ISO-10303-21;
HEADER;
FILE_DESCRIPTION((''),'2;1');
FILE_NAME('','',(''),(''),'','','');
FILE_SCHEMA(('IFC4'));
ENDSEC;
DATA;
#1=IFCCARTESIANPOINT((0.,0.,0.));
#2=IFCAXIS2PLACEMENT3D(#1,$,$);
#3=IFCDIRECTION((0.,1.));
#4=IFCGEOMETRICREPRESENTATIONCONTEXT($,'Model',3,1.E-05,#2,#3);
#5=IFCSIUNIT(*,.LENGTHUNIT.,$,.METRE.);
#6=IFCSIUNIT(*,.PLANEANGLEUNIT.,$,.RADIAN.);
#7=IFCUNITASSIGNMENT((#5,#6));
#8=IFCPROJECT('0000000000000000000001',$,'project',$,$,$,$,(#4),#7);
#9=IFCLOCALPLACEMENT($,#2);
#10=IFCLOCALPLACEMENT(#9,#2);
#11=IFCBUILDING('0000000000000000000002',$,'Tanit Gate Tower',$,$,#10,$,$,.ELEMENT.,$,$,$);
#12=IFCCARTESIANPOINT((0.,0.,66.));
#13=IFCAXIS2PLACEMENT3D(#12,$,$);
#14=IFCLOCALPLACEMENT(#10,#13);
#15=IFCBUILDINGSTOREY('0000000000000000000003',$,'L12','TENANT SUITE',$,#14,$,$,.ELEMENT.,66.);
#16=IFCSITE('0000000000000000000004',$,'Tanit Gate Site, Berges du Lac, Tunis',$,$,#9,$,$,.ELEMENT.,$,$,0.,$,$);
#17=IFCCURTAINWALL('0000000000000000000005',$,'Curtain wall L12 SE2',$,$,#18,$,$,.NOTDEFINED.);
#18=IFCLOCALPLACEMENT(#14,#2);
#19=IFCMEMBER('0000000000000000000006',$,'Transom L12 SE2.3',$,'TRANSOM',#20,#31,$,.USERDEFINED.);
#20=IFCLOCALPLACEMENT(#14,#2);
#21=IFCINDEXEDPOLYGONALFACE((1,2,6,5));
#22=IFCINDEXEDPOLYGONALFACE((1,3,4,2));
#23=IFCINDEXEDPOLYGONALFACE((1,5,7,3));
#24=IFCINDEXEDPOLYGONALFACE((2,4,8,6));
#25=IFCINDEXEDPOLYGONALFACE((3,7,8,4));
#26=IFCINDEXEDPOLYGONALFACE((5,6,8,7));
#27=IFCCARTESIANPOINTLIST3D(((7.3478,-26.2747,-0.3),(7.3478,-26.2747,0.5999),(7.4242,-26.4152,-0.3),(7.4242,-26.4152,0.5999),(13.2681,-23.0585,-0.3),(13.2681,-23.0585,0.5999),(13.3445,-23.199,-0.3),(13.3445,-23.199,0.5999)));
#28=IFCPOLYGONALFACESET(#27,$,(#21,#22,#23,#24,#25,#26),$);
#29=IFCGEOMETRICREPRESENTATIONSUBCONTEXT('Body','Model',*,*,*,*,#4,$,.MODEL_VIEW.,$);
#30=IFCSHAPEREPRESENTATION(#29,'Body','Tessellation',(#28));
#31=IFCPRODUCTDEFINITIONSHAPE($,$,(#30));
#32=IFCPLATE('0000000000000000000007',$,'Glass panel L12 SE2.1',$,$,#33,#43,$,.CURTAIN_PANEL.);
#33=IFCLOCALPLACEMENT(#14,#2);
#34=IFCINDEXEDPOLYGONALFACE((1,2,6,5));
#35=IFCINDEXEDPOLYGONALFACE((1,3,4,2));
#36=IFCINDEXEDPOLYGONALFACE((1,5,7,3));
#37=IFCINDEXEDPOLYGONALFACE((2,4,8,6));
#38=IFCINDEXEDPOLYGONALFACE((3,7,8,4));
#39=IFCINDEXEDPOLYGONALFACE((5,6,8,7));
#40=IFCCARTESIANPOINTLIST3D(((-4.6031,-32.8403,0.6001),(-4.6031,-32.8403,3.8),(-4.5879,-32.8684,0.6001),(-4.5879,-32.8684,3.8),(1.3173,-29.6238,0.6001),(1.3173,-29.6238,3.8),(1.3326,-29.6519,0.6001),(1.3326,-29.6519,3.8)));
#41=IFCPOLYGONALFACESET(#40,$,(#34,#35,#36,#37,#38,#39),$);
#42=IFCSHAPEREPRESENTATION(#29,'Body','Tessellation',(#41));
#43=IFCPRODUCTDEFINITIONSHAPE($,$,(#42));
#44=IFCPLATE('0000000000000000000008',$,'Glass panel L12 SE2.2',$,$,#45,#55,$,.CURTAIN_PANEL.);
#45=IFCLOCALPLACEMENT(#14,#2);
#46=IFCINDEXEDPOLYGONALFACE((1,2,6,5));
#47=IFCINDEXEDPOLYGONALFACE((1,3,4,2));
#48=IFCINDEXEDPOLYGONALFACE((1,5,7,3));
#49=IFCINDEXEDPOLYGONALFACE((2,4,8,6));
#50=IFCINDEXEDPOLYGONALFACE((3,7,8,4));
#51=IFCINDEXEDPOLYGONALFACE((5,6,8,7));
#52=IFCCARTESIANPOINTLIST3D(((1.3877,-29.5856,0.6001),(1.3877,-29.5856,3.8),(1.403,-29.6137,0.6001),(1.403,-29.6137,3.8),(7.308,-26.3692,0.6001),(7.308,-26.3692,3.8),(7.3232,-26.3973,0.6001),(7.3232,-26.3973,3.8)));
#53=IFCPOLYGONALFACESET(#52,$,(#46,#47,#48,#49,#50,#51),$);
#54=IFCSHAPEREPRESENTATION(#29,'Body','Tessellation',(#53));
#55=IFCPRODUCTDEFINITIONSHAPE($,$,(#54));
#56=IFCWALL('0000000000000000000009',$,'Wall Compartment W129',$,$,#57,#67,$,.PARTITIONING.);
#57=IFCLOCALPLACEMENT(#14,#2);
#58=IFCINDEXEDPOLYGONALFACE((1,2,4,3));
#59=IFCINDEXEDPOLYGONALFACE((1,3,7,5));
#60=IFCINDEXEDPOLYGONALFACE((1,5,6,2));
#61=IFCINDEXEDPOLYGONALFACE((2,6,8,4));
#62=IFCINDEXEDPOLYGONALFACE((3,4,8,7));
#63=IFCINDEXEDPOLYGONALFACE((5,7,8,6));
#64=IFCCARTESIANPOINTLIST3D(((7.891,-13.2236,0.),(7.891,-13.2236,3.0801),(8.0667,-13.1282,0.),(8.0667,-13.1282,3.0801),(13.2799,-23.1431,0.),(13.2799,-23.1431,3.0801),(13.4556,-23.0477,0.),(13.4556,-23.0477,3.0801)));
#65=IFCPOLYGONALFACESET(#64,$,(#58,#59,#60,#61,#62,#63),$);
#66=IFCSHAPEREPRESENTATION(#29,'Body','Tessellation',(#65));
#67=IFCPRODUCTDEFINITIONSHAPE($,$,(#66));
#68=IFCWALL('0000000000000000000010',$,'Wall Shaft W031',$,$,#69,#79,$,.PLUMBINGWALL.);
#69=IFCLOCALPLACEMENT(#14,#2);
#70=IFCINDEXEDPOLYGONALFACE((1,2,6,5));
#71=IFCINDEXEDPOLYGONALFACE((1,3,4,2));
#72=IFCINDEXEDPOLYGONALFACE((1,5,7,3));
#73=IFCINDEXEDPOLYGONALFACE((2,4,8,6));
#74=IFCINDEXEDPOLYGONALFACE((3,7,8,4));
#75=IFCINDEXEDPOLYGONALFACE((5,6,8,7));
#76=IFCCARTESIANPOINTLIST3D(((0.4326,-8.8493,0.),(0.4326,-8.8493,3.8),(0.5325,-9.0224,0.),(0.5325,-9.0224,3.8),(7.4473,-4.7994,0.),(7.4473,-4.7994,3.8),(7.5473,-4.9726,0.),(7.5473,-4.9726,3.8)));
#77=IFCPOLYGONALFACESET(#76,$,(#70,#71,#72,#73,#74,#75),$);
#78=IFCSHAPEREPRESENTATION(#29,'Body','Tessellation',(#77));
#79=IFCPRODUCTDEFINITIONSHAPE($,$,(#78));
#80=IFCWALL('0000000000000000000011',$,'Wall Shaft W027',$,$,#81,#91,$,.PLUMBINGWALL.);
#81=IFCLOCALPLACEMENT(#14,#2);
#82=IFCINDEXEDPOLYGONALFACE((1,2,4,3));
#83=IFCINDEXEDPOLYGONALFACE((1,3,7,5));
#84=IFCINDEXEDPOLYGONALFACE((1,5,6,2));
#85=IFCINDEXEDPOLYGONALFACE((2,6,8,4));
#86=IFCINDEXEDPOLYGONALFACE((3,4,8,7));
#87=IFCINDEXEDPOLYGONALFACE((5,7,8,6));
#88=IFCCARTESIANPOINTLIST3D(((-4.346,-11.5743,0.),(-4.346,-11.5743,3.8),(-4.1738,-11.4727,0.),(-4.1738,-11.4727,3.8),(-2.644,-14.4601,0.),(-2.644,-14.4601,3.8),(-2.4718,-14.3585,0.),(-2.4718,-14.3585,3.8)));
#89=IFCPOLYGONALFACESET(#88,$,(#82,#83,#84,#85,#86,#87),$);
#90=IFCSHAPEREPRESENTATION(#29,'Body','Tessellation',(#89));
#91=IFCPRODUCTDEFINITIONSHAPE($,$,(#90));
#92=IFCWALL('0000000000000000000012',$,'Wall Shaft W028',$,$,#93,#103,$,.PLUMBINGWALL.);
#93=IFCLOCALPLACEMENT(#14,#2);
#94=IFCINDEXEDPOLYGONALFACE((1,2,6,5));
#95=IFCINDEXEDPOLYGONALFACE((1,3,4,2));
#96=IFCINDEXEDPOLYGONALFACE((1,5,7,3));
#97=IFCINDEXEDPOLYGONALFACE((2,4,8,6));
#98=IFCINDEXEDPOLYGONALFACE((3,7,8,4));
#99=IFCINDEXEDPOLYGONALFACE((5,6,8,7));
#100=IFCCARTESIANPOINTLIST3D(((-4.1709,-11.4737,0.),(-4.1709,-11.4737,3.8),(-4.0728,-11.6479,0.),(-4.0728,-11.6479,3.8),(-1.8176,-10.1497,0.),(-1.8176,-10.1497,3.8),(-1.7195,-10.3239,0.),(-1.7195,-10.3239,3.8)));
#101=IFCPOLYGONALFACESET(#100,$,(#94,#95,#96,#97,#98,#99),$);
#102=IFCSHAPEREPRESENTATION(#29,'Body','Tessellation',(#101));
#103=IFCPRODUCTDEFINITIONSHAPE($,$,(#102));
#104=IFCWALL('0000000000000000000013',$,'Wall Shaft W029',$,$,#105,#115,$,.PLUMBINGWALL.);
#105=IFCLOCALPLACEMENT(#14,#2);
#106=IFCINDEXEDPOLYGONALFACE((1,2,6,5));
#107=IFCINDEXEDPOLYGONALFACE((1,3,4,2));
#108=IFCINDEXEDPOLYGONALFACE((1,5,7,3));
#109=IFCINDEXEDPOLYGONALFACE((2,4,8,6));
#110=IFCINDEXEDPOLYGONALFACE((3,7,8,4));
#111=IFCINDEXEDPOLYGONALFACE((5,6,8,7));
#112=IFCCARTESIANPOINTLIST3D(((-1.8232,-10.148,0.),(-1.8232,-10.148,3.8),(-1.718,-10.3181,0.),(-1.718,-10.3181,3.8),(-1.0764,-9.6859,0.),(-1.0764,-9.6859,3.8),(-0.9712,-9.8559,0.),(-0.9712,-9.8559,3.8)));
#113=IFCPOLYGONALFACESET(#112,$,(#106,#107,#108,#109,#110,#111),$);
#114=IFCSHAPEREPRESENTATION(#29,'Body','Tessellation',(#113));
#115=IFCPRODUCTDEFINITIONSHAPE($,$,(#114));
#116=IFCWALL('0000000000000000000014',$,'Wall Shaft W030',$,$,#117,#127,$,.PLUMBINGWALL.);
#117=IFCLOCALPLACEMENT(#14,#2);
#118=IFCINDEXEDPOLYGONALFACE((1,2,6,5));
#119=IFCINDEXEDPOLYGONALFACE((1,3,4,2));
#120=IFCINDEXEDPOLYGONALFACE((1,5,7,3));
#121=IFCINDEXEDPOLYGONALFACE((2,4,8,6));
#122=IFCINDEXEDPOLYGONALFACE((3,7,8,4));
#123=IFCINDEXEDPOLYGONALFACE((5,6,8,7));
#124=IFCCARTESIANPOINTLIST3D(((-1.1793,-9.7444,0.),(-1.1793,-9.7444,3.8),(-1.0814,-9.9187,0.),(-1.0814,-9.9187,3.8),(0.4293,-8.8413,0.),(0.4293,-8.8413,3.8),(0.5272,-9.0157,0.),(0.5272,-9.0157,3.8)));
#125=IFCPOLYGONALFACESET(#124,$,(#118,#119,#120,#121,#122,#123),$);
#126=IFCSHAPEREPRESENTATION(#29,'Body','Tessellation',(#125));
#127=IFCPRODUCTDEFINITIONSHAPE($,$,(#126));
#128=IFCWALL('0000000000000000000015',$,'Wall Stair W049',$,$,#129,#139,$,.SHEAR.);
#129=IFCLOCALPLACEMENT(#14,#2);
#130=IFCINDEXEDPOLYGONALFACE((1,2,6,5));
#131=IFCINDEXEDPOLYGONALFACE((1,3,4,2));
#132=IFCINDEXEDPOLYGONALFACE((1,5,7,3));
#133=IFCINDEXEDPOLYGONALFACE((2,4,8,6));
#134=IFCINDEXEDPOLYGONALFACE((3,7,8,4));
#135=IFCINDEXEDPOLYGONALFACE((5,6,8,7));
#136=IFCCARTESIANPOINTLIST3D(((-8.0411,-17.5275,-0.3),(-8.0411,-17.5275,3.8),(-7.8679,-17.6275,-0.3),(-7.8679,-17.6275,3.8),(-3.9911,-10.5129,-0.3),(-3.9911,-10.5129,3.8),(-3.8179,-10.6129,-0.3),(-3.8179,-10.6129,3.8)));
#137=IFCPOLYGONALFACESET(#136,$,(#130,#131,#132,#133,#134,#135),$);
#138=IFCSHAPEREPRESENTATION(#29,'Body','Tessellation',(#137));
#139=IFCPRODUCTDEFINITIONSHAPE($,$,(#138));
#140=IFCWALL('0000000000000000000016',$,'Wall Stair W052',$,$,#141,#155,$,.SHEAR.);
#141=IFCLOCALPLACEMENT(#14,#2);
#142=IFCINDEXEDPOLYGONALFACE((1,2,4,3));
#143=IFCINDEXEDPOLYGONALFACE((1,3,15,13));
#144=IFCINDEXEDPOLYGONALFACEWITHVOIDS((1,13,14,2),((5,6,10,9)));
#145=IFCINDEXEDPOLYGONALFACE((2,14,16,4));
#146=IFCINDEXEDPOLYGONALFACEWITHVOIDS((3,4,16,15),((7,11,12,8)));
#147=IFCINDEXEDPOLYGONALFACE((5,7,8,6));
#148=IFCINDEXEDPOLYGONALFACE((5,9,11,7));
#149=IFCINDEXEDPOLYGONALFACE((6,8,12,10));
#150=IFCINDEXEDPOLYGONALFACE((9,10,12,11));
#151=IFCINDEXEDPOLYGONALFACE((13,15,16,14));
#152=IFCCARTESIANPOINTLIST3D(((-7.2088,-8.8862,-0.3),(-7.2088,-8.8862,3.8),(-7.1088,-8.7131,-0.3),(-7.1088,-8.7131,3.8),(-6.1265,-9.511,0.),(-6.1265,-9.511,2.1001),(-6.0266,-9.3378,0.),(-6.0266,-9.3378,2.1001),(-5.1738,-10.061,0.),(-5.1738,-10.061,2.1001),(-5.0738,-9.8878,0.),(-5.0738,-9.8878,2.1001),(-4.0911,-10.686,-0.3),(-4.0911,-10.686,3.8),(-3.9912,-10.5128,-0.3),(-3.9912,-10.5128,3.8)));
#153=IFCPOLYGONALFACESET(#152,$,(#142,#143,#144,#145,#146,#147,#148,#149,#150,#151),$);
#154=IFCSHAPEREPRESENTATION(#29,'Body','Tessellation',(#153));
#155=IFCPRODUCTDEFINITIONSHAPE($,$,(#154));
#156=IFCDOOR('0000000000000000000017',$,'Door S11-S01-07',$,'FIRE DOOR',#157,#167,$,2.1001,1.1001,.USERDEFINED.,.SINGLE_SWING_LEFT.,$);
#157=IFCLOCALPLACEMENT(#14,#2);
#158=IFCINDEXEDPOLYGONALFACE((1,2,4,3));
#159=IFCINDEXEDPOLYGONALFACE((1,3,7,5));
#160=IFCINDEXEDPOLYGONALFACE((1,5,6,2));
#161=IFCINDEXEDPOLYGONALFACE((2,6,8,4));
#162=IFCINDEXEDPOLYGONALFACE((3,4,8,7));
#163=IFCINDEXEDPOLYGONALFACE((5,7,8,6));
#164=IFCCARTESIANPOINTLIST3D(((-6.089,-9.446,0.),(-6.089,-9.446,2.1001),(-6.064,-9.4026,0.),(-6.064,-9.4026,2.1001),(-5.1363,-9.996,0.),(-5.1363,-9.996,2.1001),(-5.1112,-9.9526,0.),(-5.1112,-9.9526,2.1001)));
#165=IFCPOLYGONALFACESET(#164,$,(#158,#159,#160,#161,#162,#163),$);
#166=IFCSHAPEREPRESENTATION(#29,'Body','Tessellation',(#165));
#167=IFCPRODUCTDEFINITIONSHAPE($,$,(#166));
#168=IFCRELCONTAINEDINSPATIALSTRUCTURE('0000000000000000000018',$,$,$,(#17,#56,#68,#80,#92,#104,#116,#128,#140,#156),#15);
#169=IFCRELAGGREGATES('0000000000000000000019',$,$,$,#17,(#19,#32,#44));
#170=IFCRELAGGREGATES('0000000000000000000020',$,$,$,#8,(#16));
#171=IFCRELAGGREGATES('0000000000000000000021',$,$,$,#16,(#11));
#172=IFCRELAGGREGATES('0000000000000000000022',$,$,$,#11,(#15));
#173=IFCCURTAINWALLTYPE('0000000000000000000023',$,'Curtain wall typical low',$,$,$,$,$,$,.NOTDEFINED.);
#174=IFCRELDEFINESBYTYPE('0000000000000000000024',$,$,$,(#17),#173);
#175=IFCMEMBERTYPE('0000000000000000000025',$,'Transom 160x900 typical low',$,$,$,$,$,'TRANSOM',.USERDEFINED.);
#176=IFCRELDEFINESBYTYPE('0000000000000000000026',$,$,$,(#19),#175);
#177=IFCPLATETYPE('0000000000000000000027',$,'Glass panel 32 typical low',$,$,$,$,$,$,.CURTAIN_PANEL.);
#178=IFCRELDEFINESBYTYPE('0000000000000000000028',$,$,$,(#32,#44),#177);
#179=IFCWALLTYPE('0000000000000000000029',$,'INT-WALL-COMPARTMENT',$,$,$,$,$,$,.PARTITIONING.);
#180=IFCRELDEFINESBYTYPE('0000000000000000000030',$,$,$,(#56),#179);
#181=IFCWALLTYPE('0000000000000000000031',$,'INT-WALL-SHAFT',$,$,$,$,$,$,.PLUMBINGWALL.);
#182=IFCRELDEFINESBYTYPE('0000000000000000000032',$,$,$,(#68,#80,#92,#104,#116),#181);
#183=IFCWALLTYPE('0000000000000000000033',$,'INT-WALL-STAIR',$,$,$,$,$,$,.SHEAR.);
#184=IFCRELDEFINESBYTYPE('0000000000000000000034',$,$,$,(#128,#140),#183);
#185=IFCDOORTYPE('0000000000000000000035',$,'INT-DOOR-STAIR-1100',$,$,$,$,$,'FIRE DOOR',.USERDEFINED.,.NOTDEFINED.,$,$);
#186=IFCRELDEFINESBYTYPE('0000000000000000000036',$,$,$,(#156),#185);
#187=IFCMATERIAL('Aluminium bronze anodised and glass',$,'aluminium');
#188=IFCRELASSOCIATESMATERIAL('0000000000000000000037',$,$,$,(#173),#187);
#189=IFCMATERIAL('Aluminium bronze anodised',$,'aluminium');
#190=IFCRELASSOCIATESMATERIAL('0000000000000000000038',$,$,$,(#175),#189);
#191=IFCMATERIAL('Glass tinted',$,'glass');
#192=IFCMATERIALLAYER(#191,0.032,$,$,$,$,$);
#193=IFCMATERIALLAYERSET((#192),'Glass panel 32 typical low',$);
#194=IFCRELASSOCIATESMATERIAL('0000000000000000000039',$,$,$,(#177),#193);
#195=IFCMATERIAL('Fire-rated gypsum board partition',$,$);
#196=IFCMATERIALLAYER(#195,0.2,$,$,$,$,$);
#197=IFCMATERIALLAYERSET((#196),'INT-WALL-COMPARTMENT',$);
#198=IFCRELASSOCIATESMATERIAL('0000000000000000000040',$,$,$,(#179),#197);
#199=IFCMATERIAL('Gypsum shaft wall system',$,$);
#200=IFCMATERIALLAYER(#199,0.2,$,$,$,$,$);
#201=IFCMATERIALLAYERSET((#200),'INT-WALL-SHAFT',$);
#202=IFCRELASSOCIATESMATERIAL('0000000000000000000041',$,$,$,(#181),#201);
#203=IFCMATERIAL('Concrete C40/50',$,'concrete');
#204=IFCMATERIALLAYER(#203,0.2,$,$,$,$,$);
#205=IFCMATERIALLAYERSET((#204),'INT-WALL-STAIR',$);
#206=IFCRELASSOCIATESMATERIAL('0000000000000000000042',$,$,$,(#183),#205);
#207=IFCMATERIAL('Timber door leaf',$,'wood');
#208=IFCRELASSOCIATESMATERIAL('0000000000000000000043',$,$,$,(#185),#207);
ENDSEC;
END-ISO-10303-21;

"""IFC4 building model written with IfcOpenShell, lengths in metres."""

from ifc_helpers import new_model, si_unit, direction, frame, frame_2d, origin, origin_2d, place, context, subcontext, project, spatial, rectangle, extrude, material, layer, layer_set, material_profile, profile_set, type_object, element, fill, aggregate, save


model = new_model("IFC4")

# Units and contexts
model_context = context("Model", 3, precision=1e-05, world=origin(), true_north=direction((0.0, 1.0)))
body_context = subcontext(model_context, "Body", "Model", "MODEL_VIEW")
ifc_project = project(units=[si_unit("LENGTHUNIT", "METRE"), si_unit("PLANEANGLEUNIT", "RADIAN")], contexts=[model_context])

# Site, building, storey
site_placement = place(None, origin())
site = spatial("IfcSite", under=ifc_project, at=site_placement, Name="Tanit Gate Site, Berges du Lac, Tunis", CompositionType="ELEMENT", RefElevation=0.0)
building_placement = place(site_placement, origin())
building = spatial("IfcBuilding", under=site, at=building_placement, Name="Tanit Gate Tower", CompositionType="ELEMENT")
storey_placement = place(building_placement, frame((0.0, 0.0, 66.0)))
storey = spatial("IfcBuildingStorey", under=building, at=storey_placement, Name="L12", Description="TENANT SUITE", CompositionType="ELEMENT", Elevation=66.0)

# Curtain wall
ifc_material_1 = material(Name="Aluminium bronze anodised and glass", Category="aluminium")
curtain_wall_type = type_object("IfcCurtainWallType", Name="Curtain wall typical low", PredefinedType="NOTDEFINED", material=ifc_material_1)
curtain_wall_placement = place(storey_placement, origin())
curtain_wall = element("IfcCurtainWall", 1, at=curtain_wall_placement, inside=storey, type_object=curtain_wall_type, Name="Curtain wall L12 SE2", PredefinedType="NOTDEFINED")

# Member
ifc_material_2 = material(Name="Aluminium bronze anodised", Category="aluminium")
ifc_material_profile_1 = material_profile(ifc_material_2, rectangle(XDim=0.1599, YDim=0.8999, at=origin_2d()), Name="160x900 bronze transom")
ifc_profile_set_1 = profile_set([ifc_material_profile_1], Name="Aluminium bronze anodised")
member_type_1 = type_object("IfcMemberType", Name="Transom 160x900 typical low", ElementType="TRANSOM", PredefinedType="USERDEFINED", material=ifc_profile_set_1)
member_1_placement = place(storey_placement, frame((7.386, -26.345, 0.1499), z_axis=(0.878706, 0.477364, 0.0), x_axis=(-0.477364, 0.878706, 0.0)))
member_1 = element("IfcMember", 2, at=member_1_placement, type_object=member_type_1, Name="Transom L12 SE2.3", ObjectType="TRANSOM", PredefinedType="USERDEFINED", context=body_context, shape_type="SweptSolid", body=[
    extrude(rectangle(XDim=0.1599, YDim=0.8999, at=origin_2d()), origin(), (0.0, 0.0, 1.0), 6.7375),
])

# Plates
ifc_material_3 = material(Name="Glass tinted", Category="glass")
ifc_layer_1 = layer(ifc_material_3, 0.032)
ifc_layer_set_1 = layer_set([ifc_layer_1], Name="Glass panel 32 typical low")
plate_type = type_object("IfcPlateType", Name="Glass panel 32 typical low", PredefinedType="CURTAIN_PANEL", material=ifc_layer_set_1)
plate_1_placement = place(storey_placement, frame((-1.6353, -31.2461, 0.6001), z_axis=(0.0, 0.0, 1.0), x_axis=(0.878696, 0.477381, 0.0)))
plate_1 = element("IfcPlate", 3, at=plate_1_placement, type_object=plate_type, Name="Glass panel L12 SE2.1", PredefinedType="CURTAIN_PANEL", context=body_context, shape_type="SweptSolid", body=[
    extrude(rectangle(XDim=6.7378, YDim=0.032, at=origin_2d()), origin(), (0.0, 0.0, 1.0), 3.2),
])
plate_2_placement = place(storey_placement, frame((4.3555, -27.9915, 0.6001), z_axis=(0.0, 0.0, 1.0), x_axis=(0.878696, 0.477381, 0.0)))
plate_2 = element("IfcPlate", 4, at=plate_2_placement, type_object=plate_type, Name="Glass panel L12 SE2.2", PredefinedType="CURTAIN_PANEL", context=body_context, shape_type="SweptSolid", body=[
    extrude(rectangle(XDim=6.7375, YDim=0.032, at=origin_2d()), origin(), (0.0, 0.0, 1.0), 3.2),
])
aggregate(curtain_wall, [member_1, plate_1, plate_2])

# Walls
ifc_material_4 = material(Name="Fire-rated gypsum board partition")
ifc_layer_2 = layer(ifc_material_4, 0.2)
ifc_layer_set_2 = layer_set([ifc_layer_2], Name="INT-WALL-COMPARTMENT")
wall_type_1 = type_object("IfcWallType", Name="INT-WALL-COMPARTMENT", PredefinedType="PARTITIONING", material=ifc_layer_set_2)
wall_1_placement = place(storey_placement, frame((7.9788, -13.1758, 0.0), z_axis=(0.0, 0.0, 1.0), x_axis=(0.477371, -0.878702, 0.0)))
element("IfcWall", 5, at=wall_1_placement, inside=storey, type_object=wall_type_1, Name="Wall Compartment W129", PredefinedType="PARTITIONING", context=body_context, shape_type="SweptSolid", body=[
    extrude(rectangle(XDim=11.2888, YDim=0.2, at=frame_2d((5.6445, 0.0))), origin(), (0.0, 0.0, 1.0), 3.0801),
])
ifc_material_5 = material(Name="Gypsum shaft wall system")
ifc_layer_3 = layer(ifc_material_5, 0.2)
ifc_layer_set_3 = layer_set([ifc_layer_3], Name="INT-WALL-SHAFT")
wall_type_2 = type_object("IfcWallType", Name="INT-WALL-SHAFT", PredefinedType="PLUMBINGWALL", material=ifc_layer_set_3)
wall_2_placement = place(storey_placement, frame((0.4827, -8.9358, 0.0), z_axis=(0.0, 0.0, 1.0), x_axis=(0.866031, 0.49999, 0.0)))
element("IfcWall", 6, at=wall_2_placement, inside=storey, type_object=wall_type_2, Name="Wall Shaft W031", PredefinedType="PLUMBINGWALL", context=body_context, shape_type="SweptSolid", body=[
    extrude(rectangle(XDim=8.0999, YDim=0.2, at=frame_2d((4.0498, 0.0))), origin(), (0.0, 0.0, 1.0), 3.8),
])
wall_3_placement = place(storey_placement, frame((-2.5579, -14.4094, 0.0), z_axis=(0.0, 0.0, 1.0), x_axis=(-0.507997, 0.861359, 0.0)))
element("IfcWall", 7, at=wall_3_placement, inside=storey, type_object=wall_type_2, Name="Wall Shaft W027", PredefinedType="PLUMBINGWALL", context=body_context, shape_type="SweptSolid", body=[
    extrude(rectangle(XDim=3.3503, YDim=0.2, at=frame_2d((1.6753, 0.0))), origin(), (0.0, 0.0, 1.0), 3.8),
])
wall_4_placement = place(storey_placement, frame((-1.7686, -10.2368, 0.0), z_axis=(0.0, 0.0, 1.0), x_axis=(-0.871534, -0.490334, 0.0)))
element("IfcWall", 8, at=wall_4_placement, inside=storey, type_object=wall_type_2, Name="Wall Shaft W028", PredefinedType="PLUMBINGWALL", context=body_context, shape_type="SweptSolid", body=[
    extrude(rectangle(XDim=2.7002, YDim=0.2, at=frame_2d((1.3501, 0.0))), origin(), (0.0, 0.0, 1.0), 3.8),
])
wall_5_placement = place(storey_placement, frame((-1.0239, -9.771, 0.0), z_axis=(0.0, 0.0, 1.0), x_axis=(-0.850348, -0.526221, 0.0)))
element("IfcWall", 9, at=wall_5_placement, inside=storey, type_object=wall_type_2, Name="Wall Shaft W029", PredefinedType="PLUMBINGWALL", context=body_context, shape_type="SweptSolid", body=[
    extrude(rectangle(XDim=0.8782, YDim=0.2, at=frame_2d((0.439, 0.0))), origin(), (0.0, 0.0, 1.0), 3.8),
])
wall_6_placement = place(storey_placement, frame((-1.1304, -9.8315, 0.0), z_axis=(0.0, 0.0, 1.0), x_axis=(0.871989, 0.489526, 0.0)))
element("IfcWall", 10, at=wall_6_placement, inside=storey, type_object=wall_type_2, Name="Wall Shaft W030", PredefinedType="PLUMBINGWALL", context=body_context, shape_type="SweptSolid", body=[
    extrude(rectangle(XDim=1.8447, YDim=0.2, at=frame_2d((0.9224, 0.0))), origin(), (0.0, 0.0, 1.0), 3.8),
])
ifc_material_6 = material(Name="Concrete C40/50", Category="concrete")
ifc_layer_4 = layer(ifc_material_6, 0.2)
ifc_layer_set_4 = layer_set([ifc_layer_4], Name="INT-WALL-STAIR")
wall_type_3 = type_object("IfcWallType", Name="INT-WALL-STAIR", PredefinedType="SHEAR", material=ifc_layer_set_4)
wall_7_placement = place(storey_placement, frame((-3.9045, -10.563, -0.3), z_axis=(0.0, 0.0, 1.0), x_axis=(-0.500013, -0.866018, 0.0)))
element("IfcWall", 11, at=wall_7_placement, inside=storey, type_object=wall_type_3, Name="Wall Stair W049", PredefinedType="SHEAR", context=body_context, shape_type="SweptSolid", body=[
    extrude(rectangle(XDim=8.0999, YDim=0.2, at=frame_2d((4.0498, 0.0))), origin(), (0.0, 0.0, 1.0), 4.1001),
])

# Wall, opening, door
wall_8_placement = place(storey_placement, frame((-4.0413, -10.5994, -0.3), z_axis=(0.0, 0.0, 1.0), x_axis=(-0.866048, 0.499961, 0.0)))
wall_8 = element("IfcWall", 12, at=wall_8_placement, inside=storey, type_object=wall_type_3, Name="Wall Stair W052", PredefinedType="SHEAR", context=body_context, shape_type="SweptSolid", body=[
    extrude(rectangle(XDim=3.5999, YDim=0.2, at=frame_2d((1.7998, 0.0))), origin(), (0.0, 0.0, 1.0), 4.1001),
])
opening_placement = place(wall_8_placement, frame((1.25, 0.0, 0.3)))
opening = element("IfcOpeningElement", 13, at=opening_placement, cuts=wall_8, PredefinedType="OPENING", context=body_context, shape_type="SweptSolid", body=[
    extrude(rectangle(XDim=1.1001, YDim=2.1001, at=frame_2d((0.55, 1.05))), frame((0.0, 0.1099, 0.0), z_axis=(0.0, -1.0, 0.0), x_axis=(1.0, 0.0, 0.0)), (0.0, 0.0, 1.0), 0.22),
])
ifc_material_7 = material(Name="Timber door leaf", Category="wood")
door_type = type_object("IfcDoorType", Name="INT-DOOR-STAIR-1100", ElementType="FIRE DOOR", OperationType="NOTDEFINED", PredefinedType="USERDEFINED", material=ifc_material_7)
door_placement = place(opening_placement, origin())
door = element("IfcDoor", 14, at=door_placement, inside=storey, type_object=door_type, Name="Door S11-S01-07", ObjectType="FIRE DOOR", OperationType="SINGLE_SWING_LEFT", OverallHeight=2.1001, OverallWidth=1.1001, PredefinedType="USERDEFINED", context=body_context, shape_type="SweptSolid", body=[
    extrude(rectangle(XDim=1.1001, YDim=2.1001, at=frame_2d((0.55, 1.05))), frame((0.0, 0.0249, 0.0), z_axis=(0.0, -1.0, 0.0), x_axis=(1.0, 0.0, 0.0)), (0.0, 0.0, 1.0), 0.05),
])
fill(opening, door)

save(model, "model.ifc")
